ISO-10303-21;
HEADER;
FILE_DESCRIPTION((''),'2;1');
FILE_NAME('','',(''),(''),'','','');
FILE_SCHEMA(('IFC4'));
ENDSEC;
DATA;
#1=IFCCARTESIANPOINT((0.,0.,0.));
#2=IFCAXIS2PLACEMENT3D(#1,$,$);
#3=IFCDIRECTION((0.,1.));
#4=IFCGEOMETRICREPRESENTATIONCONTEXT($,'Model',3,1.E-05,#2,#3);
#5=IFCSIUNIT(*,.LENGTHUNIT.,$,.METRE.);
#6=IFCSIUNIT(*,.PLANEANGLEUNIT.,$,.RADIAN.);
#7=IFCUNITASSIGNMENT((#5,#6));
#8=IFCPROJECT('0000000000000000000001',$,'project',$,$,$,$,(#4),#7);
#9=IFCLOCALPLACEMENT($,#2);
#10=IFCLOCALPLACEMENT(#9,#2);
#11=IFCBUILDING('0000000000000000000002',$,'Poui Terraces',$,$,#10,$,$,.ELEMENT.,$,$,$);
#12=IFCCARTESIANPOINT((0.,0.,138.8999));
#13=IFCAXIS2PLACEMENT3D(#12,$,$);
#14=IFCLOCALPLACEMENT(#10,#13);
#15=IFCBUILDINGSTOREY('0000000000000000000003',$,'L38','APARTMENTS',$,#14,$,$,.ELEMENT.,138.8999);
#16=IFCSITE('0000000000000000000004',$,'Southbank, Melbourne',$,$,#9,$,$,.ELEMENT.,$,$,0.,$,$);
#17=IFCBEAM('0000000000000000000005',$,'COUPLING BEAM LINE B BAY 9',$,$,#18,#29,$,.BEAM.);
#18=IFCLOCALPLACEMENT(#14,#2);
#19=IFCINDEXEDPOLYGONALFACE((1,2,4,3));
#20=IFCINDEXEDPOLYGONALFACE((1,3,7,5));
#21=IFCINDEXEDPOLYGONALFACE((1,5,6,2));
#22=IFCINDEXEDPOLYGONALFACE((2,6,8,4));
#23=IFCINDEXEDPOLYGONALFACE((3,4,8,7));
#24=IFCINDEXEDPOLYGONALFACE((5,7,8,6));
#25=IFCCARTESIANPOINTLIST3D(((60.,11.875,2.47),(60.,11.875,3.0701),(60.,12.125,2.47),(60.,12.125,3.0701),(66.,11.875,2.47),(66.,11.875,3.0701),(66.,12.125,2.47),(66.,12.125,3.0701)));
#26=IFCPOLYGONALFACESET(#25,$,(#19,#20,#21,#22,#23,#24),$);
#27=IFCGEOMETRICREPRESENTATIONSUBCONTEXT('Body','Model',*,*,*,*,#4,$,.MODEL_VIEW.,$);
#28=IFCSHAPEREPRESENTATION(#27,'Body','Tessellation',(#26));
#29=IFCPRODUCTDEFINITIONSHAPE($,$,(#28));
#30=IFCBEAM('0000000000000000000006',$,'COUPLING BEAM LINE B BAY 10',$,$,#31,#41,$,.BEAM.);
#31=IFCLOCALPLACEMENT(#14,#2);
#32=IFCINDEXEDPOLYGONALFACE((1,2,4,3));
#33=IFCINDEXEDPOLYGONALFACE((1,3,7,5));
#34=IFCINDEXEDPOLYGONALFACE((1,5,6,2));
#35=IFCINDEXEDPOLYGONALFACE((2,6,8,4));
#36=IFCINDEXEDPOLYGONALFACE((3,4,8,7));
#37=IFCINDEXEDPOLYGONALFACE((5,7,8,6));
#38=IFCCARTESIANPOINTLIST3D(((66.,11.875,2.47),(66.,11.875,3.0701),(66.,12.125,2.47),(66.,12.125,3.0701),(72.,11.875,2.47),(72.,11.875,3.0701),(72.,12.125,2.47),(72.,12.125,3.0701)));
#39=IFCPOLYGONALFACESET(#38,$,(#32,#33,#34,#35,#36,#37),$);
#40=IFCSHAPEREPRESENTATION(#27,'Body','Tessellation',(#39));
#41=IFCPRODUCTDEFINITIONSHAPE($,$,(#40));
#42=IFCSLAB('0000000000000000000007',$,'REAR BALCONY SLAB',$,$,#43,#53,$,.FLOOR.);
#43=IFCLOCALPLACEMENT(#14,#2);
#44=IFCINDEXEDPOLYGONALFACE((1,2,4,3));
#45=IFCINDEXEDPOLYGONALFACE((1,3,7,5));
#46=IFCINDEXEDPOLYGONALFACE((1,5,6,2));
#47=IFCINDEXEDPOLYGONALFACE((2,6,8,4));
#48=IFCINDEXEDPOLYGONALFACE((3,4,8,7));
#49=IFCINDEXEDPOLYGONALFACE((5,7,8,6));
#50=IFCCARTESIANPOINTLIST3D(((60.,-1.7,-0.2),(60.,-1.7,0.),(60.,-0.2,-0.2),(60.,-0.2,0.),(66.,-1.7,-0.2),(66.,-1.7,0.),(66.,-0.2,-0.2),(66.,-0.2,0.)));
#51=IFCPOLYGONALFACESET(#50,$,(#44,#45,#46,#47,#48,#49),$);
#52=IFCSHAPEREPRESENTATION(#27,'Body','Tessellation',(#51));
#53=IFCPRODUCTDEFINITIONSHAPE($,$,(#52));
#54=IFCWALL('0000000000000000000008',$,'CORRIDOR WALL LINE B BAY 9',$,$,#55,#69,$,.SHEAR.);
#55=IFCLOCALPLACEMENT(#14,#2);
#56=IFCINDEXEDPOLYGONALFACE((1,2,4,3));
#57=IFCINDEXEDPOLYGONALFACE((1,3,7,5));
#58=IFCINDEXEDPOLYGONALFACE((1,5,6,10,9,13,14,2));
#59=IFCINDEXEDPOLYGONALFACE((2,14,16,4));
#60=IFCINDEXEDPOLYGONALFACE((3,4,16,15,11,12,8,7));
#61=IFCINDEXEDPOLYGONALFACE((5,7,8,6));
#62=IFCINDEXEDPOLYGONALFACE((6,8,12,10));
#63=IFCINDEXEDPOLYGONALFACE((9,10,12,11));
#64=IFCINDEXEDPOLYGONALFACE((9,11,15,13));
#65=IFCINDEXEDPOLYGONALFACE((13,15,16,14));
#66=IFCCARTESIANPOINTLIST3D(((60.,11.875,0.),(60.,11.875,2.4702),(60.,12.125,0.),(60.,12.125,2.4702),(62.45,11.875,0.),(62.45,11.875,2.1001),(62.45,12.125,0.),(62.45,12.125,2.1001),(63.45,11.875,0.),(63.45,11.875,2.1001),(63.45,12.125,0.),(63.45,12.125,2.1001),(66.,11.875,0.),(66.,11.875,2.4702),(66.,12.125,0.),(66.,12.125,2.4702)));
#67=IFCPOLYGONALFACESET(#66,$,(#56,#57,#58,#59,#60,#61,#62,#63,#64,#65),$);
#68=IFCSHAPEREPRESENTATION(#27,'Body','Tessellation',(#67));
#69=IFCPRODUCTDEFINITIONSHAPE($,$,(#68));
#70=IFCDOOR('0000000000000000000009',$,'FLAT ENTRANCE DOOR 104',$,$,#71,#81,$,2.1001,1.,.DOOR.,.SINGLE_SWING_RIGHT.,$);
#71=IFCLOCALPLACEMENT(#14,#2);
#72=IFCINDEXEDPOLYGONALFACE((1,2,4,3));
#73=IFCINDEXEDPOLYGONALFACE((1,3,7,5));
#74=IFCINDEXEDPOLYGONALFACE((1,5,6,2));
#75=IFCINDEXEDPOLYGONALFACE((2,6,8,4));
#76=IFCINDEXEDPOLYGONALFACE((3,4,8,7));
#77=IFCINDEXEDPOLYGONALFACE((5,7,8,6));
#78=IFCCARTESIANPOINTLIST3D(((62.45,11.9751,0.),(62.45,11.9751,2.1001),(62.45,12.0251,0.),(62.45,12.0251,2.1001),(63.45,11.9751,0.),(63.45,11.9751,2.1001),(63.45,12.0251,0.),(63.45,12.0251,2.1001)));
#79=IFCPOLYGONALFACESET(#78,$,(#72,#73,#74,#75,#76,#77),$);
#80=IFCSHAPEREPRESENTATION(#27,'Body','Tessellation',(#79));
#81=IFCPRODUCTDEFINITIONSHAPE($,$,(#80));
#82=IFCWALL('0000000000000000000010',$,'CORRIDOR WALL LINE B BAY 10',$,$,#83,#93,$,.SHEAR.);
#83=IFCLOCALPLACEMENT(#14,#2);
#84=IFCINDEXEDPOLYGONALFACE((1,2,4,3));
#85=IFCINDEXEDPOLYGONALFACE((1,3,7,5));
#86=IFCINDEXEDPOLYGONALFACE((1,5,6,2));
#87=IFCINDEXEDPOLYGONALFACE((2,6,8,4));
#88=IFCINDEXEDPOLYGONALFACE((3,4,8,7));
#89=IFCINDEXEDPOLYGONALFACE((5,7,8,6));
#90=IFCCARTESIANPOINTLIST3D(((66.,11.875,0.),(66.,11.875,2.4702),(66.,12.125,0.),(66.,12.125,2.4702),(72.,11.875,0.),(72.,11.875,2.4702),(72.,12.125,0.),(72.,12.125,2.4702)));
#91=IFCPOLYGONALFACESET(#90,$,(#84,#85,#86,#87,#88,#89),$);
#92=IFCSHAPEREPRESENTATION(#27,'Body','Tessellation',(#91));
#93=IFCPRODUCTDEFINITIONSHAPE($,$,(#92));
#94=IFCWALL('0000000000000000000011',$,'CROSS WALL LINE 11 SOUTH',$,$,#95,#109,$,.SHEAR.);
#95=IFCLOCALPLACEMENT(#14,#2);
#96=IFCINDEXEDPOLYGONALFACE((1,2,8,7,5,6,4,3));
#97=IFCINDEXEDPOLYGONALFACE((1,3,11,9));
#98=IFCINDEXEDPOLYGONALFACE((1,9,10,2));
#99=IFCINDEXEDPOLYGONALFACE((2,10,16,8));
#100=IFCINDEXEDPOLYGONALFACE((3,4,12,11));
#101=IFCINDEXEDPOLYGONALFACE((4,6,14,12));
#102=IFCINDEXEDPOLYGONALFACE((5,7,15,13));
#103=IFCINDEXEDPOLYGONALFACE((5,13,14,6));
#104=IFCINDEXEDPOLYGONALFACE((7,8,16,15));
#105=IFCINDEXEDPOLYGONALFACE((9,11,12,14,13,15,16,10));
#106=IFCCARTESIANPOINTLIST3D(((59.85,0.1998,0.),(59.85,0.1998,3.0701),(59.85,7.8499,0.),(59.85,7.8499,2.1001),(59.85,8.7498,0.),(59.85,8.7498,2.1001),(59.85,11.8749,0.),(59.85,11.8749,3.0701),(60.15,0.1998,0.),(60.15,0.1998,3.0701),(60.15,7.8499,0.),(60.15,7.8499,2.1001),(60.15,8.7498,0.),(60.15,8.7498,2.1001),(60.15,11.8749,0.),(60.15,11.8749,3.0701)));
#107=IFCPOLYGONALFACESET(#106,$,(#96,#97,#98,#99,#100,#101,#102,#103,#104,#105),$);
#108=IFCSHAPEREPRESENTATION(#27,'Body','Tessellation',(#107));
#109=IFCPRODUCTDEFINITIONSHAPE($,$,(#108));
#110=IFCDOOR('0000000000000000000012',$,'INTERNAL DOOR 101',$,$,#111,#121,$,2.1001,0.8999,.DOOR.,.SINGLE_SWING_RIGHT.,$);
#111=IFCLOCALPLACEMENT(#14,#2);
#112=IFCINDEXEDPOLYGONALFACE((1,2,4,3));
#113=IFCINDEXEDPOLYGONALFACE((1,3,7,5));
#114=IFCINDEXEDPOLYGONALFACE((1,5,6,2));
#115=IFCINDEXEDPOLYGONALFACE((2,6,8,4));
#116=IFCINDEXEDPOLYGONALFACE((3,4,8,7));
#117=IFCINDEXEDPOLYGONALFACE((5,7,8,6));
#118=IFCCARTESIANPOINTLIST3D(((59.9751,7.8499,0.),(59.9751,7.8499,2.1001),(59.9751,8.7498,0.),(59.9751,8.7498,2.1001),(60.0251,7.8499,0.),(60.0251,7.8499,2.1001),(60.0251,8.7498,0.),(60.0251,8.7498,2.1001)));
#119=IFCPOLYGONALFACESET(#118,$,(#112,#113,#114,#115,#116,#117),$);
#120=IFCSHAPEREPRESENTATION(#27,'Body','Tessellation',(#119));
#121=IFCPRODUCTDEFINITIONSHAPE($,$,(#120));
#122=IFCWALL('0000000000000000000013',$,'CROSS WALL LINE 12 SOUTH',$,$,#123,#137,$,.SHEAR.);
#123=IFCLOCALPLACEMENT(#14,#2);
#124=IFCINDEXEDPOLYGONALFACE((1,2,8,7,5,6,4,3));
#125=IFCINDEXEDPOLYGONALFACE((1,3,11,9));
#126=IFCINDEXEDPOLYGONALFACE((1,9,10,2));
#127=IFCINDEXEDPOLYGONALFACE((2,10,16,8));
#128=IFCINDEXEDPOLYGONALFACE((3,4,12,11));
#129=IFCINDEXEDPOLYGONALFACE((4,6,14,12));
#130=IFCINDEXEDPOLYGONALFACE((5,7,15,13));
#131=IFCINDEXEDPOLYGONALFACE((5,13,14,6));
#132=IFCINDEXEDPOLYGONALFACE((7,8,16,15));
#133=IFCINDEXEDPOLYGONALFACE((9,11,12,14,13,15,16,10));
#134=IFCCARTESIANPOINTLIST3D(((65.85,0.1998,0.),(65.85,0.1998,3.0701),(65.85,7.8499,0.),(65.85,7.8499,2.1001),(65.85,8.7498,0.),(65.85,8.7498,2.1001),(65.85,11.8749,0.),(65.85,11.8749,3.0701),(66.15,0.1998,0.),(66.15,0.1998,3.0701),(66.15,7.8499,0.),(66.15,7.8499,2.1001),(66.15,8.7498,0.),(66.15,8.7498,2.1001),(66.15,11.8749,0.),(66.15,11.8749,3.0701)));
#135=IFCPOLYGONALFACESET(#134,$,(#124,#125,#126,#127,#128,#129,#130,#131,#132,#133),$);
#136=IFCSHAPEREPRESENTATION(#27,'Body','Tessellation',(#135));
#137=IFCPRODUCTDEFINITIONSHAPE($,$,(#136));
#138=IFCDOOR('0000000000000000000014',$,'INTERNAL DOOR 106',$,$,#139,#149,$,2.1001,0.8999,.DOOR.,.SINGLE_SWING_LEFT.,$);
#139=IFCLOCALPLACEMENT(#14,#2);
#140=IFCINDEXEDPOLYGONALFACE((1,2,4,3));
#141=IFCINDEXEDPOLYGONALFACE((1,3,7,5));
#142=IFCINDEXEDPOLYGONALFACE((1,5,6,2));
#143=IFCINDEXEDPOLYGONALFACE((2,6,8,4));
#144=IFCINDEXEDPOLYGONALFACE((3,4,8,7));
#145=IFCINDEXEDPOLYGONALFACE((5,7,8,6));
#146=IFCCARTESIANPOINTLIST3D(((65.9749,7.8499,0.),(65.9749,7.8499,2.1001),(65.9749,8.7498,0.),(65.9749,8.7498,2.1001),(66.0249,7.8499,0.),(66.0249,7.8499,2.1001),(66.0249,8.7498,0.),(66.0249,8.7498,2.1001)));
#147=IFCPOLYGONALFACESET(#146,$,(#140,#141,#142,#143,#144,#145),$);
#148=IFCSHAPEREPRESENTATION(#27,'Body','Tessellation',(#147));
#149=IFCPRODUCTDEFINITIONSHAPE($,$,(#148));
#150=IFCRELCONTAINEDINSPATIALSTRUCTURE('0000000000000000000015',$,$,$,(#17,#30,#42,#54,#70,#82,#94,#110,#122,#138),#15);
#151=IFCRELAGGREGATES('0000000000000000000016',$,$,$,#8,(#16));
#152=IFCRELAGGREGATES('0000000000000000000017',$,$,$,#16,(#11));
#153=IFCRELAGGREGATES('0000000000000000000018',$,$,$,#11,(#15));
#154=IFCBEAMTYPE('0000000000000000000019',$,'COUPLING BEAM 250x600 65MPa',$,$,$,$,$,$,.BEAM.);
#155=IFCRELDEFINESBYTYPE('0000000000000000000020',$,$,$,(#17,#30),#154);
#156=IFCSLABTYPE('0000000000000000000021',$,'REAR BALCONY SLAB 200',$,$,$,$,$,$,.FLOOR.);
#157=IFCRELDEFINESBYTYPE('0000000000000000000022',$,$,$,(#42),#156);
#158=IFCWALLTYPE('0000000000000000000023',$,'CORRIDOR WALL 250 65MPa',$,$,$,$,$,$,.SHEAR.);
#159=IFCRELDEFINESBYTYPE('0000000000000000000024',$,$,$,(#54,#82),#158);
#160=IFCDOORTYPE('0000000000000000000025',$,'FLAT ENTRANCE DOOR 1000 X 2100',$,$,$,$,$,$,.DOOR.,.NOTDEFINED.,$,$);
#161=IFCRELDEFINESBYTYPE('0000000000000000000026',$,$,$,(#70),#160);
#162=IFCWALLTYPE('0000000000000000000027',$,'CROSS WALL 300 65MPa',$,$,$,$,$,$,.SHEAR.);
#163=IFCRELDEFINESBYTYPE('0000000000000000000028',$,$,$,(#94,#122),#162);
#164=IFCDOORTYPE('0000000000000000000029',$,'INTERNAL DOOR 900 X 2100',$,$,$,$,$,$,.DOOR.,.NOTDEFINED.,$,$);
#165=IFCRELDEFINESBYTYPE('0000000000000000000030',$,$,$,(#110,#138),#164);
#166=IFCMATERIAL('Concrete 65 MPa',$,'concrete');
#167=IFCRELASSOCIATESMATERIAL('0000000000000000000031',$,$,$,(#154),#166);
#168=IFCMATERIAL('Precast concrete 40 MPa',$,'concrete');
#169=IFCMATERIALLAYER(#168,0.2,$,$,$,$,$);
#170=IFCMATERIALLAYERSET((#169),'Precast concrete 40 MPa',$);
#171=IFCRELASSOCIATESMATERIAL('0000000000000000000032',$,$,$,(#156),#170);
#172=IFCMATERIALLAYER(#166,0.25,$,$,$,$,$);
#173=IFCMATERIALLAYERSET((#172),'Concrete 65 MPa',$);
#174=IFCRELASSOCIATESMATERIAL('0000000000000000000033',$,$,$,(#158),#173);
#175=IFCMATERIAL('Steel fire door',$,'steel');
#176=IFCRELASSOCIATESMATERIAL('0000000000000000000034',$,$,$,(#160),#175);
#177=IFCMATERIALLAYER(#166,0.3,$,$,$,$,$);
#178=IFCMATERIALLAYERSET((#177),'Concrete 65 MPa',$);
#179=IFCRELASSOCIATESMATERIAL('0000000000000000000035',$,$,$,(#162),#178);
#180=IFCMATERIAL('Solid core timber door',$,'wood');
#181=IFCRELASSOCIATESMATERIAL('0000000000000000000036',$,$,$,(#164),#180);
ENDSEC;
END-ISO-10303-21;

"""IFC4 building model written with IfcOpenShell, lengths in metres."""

from ifc_helpers import new_model, si_unit, direction, frame, frame_2d, origin, origin_2d, place, context, subcontext, project, spatial, polyline, rectangle, outline, extrude, source, transform, mapped, material, layer, layer_set, material_profile, profile_set, type_object, element, fill, save


model = new_model("IFC4")

# Units and contexts
model_context = context("Model", 3, precision=1e-05, world=origin(), true_north=direction((0.0, 1.0)))
body_context = subcontext(model_context, "Body", "Model", "MODEL_VIEW")
ifc_project = project(units=[si_unit("LENGTHUNIT", "METRE"), si_unit("PLANEANGLEUNIT", "RADIAN")], contexts=[model_context])

# Site, building, storey
site_placement = place(None, origin())
site = spatial("IfcSite", under=ifc_project, at=site_placement, Name="Southbank, Melbourne", CompositionType="ELEMENT", RefElevation=0.0)
building_placement = place(site_placement, origin())
building = spatial("IfcBuilding", under=site, at=building_placement, Name="Poui Terraces", CompositionType="ELEMENT")
storey_placement = place(building_placement, frame((0.0, 0.0, 138.8999)))
storey = spatial("IfcBuildingStorey", under=building, at=storey_placement, Name="L38", Description="APARTMENTS", CompositionType="ELEMENT", Elevation=138.8999)

# Beams
ifc_material_1 = material(Name="Concrete 65 MPa", Category="concrete")
ifc_material_profile_1 = material_profile(ifc_material_1, rectangle(XDim=0.25, YDim=0.6001, at=origin_2d()), Name="RC 250x600")
ifc_profile_set_1 = profile_set([ifc_material_profile_1], Name="Concrete 65 MPa")
beam_type = type_object("IfcBeamType", Name="COUPLING BEAM 250x600 65MPa", PredefinedType="BEAM", material=ifc_profile_set_1)
shared_shape_1 = source(origin(), body_context, "Body", "SweptSolid", [
    extrude(rectangle(XDim=0.25, YDim=0.6001, at=origin_2d()), origin(), (0.0, 0.0, 1.0), 6.0),
])
for number, where, z_axis, x_axis, name in (
    (1, (60.0, 12.0, 2.77), (1.0, 0.0, 0.0), (0.0, 1.0, 0.0), "COUPLING BEAM LINE B BAY 9"),
    (2, (66.0, 12.0, 2.77), (1.0, 0.0, 0.0), (0.0, 1.0, 0.0), "COUPLING BEAM LINE B BAY 10"),
):
    element("IfcBeam", number, at=place(storey_placement, frame(where, z_axis=z_axis, x_axis=x_axis)), inside=storey, type_object=beam_type, Name=name, PredefinedType="BEAM", context=body_context, shape_type="MappedRepresentation", body=[
        mapped(shared_shape_1, transform((0.0, 0.0, 0.0))),
    ])

# Slab
ifc_material_2 = material(Name="Precast concrete 40 MPa", Category="concrete")
ifc_layer_1 = layer(ifc_material_2, 0.2)
ifc_layer_set_1 = layer_set([ifc_layer_1], Name="Precast concrete 40 MPa")
slab_type = type_object("IfcSlabType", Name="REAR BALCONY SLAB 200", PredefinedType="FLOOR", material=ifc_layer_set_1)
shared_shape_2 = source(origin(), body_context, "Body", "SweptSolid", [
    extrude(outline(polyline([(0.0, 0.0), (6.0, 0.0), (6.0, 1.5), (0.0, 1.5), (0.0, 0.0)])), origin(), (0.0, 0.0, 1.0), 0.2),
])
slab_placement = place(storey_placement, frame((60.0, -1.7, -0.2)))
element("IfcSlab", 3, at=slab_placement, inside=storey, type_object=slab_type, Name="REAR BALCONY SLAB", PredefinedType="FLOOR", context=body_context, shape_type="MappedRepresentation", body=[
    mapped(shared_shape_2, transform((0.0, 0.0, 0.0))),
])

# Wall, opening, door
ifc_layer_2 = layer(ifc_material_1, 0.25)
ifc_layer_set_2 = layer_set([ifc_layer_2], Name="Concrete 65 MPa")
wall_type_1 = type_object("IfcWallType", Name="CORRIDOR WALL 250 65MPa", PredefinedType="SHEAR", material=ifc_layer_set_2)
wall_1_placement = place(storey_placement, frame((60.0, 12.0, 0.0), z_axis=(0.0, 0.0, 1.0), x_axis=(1.0, 0.0, 0.0)))
wall_1 = element("IfcWall", 4, at=wall_1_placement, inside=storey, type_object=wall_type_1, Name="CORRIDOR WALL LINE B BAY 9", PredefinedType="SHEAR", context=body_context, shape_type="SweptSolid", body=[
    extrude(rectangle(XDim=6.0, YDim=0.25, at=frame_2d((3.0, 0.0))), origin(), (0.0, 0.0, 1.0), 2.4702),
])
opening_1_placement = place(wall_1_placement, frame((2.45, 0.0, 0.0)))
opening_1 = element("IfcOpeningElement", 5, at=opening_1_placement, cuts=wall_1, PredefinedType="OPENING", context=body_context, shape_type="SweptSolid", body=[
    extrude(rectangle(XDim=1.0, YDim=2.1001, at=frame_2d((0.5, 1.05))), frame((0.0, 0.135, 0.0), z_axis=(0.0, -1.0, 0.0), x_axis=(1.0, 0.0, 0.0)), (0.0, 0.0, 1.0), 0.27),
])
ifc_material_3 = material(Name="Steel fire door", Category="steel")
door_type_1 = type_object("IfcDoorType", Name="FLAT ENTRANCE DOOR 1000 X 2100", OperationType="NOTDEFINED", PredefinedType="DOOR", material=ifc_material_3)
door_1_placement = place(opening_1_placement, frame((1.0, 0.0, 0.0), z_axis=(0.0, 0.0, 1.0), x_axis=(-1.0, 0.0, 0.0)))
door_1 = element("IfcDoor", 6, at=door_1_placement, inside=storey, type_object=door_type_1, Name="FLAT ENTRANCE DOOR 104", OperationType="SINGLE_SWING_RIGHT", OverallHeight=2.1001, OverallWidth=1.0, PredefinedType="DOOR", context=body_context, shape_type="SweptSolid", body=[
    extrude(rectangle(XDim=1.0, YDim=2.1001, at=frame_2d((0.5, 1.05))), frame((0.0, 0.0249, 0.0), z_axis=(0.0, -1.0, 0.0), x_axis=(1.0, 0.0, 0.0)), (0.0, 0.0, 1.0), 0.05),
])
fill(opening_1, door_1)

# Wall
wall_2_placement = place(storey_placement, frame((66.0, 12.0, 0.0), z_axis=(0.0, 0.0, 1.0), x_axis=(1.0, 0.0, 0.0)))
element("IfcWall", 7, at=wall_2_placement, inside=storey, type_object=wall_type_1, Name="CORRIDOR WALL LINE B BAY 10", PredefinedType="SHEAR", context=body_context, shape_type="SweptSolid", body=[
    extrude(rectangle(XDim=6.0, YDim=0.25, at=frame_2d((3.0, 0.0))), origin(), (0.0, 0.0, 1.0), 2.4702),
])

# Walls, openings, doors
ifc_layer_3 = layer(ifc_material_1, 0.3)
ifc_layer_set_3 = layer_set([ifc_layer_3], Name="Concrete 65 MPa")
wall_type_2 = type_object("IfcWallType", Name="CROSS WALL 300 65MPa", PredefinedType="SHEAR", material=ifc_layer_set_3)
wall_3_placement = place(storey_placement, frame((60.0, 0.2, 0.0), z_axis=(0.0, 0.0, 1.0), x_axis=(0.0, 1.0, 0.0)))
wall_3 = element("IfcWall", 8, at=wall_3_placement, inside=storey, type_object=wall_type_2, Name="CROSS WALL LINE 11 SOUTH", PredefinedType="SHEAR", context=body_context, shape_type="SweptSolid", body=[
    extrude(rectangle(XDim=11.675, YDim=0.3, at=frame_2d((5.8374, 0.0))), origin(), (0.0, 0.0, 1.0), 3.0701),
])
opening_2_placement = place(wall_3_placement, frame((7.6499, 0.0, 0.0)))
opening_2 = element("IfcOpeningElement", 9, at=opening_2_placement, cuts=wall_3, PredefinedType="OPENING", context=body_context, shape_type="SweptSolid", body=[
    extrude(rectangle(XDim=0.8999, YDim=2.1001, at=frame_2d((0.45, 1.05))), frame((0.0, 0.1602, 0.0), z_axis=(0.0, -1.0, 0.0), x_axis=(1.0, 0.0, 0.0)), (0.0, 0.0, 1.0), 0.3201),
])
ifc_material_4 = material(Name="Solid core timber door", Category="wood")
door_type_2 = type_object("IfcDoorType", Name="INTERNAL DOOR 900 X 2100", OperationType="NOTDEFINED", PredefinedType="DOOR", material=ifc_material_4)
door_2_placement = place(opening_2_placement, origin())
door_2 = element("IfcDoor", 10, at=door_2_placement, inside=storey, type_object=door_type_2, Name="INTERNAL DOOR 101", OperationType="SINGLE_SWING_RIGHT", OverallHeight=2.1001, OverallWidth=0.8999, PredefinedType="DOOR", context=body_context, shape_type="SweptSolid", body=[
    extrude(rectangle(XDim=0.8999, YDim=2.1001, at=frame_2d((0.45, 1.05))), frame((0.0, 0.0249, 0.0), z_axis=(0.0, -1.0, 0.0), x_axis=(1.0, 0.0, 0.0)), (0.0, 0.0, 1.0), 0.05),
])
fill(opening_2, door_2)
wall_4_placement = place(storey_placement, frame((66.0, 0.2, 0.0), z_axis=(0.0, 0.0, 1.0), x_axis=(0.0, 1.0, 0.0)))
wall_4 = element("IfcWall", 11, at=wall_4_placement, inside=storey, type_object=wall_type_2, Name="CROSS WALL LINE 12 SOUTH", PredefinedType="SHEAR", context=body_context, shape_type="SweptSolid", body=[
    extrude(rectangle(XDim=11.675, YDim=0.3, at=frame_2d((5.8374, 0.0))), origin(), (0.0, 0.0, 1.0), 3.0701),
])
opening_3_placement = place(wall_4_placement, frame((7.6499, 0.0, 0.0)))
opening_3 = element("IfcOpeningElement", 12, at=opening_3_placement, cuts=wall_4, PredefinedType="OPENING", context=body_context, shape_type="SweptSolid", body=[
    extrude(rectangle(XDim=0.8999, YDim=2.1001, at=frame_2d((0.45, 1.05))), frame((0.0, 0.1602, 0.0), z_axis=(0.0, -1.0, 0.0), x_axis=(1.0, 0.0, 0.0)), (0.0, 0.0, 1.0), 0.3201),
])
door_3_placement = place(opening_3_placement, frame((0.8999, 0.0, 0.0), z_axis=(0.0, 0.0, 1.0), x_axis=(-1.0, 0.0, 0.0)))
door_3 = element("IfcDoor", 13, at=door_3_placement, inside=storey, type_object=door_type_2, Name="INTERNAL DOOR 106", OperationType="SINGLE_SWING_LEFT", OverallHeight=2.1001, OverallWidth=0.8999, PredefinedType="DOOR", context=body_context, shape_type="SweptSolid", body=[
    extrude(rectangle(XDim=0.8999, YDim=2.1001, at=frame_2d((0.45, 1.05))), frame((0.0, 0.0249, 0.0), z_axis=(0.0, -1.0, 0.0), x_axis=(1.0, 0.0, 0.0)), (0.0, 0.0, 1.0), 0.05),
])
fill(opening_3, door_3)

save(model, "model.ifc")
